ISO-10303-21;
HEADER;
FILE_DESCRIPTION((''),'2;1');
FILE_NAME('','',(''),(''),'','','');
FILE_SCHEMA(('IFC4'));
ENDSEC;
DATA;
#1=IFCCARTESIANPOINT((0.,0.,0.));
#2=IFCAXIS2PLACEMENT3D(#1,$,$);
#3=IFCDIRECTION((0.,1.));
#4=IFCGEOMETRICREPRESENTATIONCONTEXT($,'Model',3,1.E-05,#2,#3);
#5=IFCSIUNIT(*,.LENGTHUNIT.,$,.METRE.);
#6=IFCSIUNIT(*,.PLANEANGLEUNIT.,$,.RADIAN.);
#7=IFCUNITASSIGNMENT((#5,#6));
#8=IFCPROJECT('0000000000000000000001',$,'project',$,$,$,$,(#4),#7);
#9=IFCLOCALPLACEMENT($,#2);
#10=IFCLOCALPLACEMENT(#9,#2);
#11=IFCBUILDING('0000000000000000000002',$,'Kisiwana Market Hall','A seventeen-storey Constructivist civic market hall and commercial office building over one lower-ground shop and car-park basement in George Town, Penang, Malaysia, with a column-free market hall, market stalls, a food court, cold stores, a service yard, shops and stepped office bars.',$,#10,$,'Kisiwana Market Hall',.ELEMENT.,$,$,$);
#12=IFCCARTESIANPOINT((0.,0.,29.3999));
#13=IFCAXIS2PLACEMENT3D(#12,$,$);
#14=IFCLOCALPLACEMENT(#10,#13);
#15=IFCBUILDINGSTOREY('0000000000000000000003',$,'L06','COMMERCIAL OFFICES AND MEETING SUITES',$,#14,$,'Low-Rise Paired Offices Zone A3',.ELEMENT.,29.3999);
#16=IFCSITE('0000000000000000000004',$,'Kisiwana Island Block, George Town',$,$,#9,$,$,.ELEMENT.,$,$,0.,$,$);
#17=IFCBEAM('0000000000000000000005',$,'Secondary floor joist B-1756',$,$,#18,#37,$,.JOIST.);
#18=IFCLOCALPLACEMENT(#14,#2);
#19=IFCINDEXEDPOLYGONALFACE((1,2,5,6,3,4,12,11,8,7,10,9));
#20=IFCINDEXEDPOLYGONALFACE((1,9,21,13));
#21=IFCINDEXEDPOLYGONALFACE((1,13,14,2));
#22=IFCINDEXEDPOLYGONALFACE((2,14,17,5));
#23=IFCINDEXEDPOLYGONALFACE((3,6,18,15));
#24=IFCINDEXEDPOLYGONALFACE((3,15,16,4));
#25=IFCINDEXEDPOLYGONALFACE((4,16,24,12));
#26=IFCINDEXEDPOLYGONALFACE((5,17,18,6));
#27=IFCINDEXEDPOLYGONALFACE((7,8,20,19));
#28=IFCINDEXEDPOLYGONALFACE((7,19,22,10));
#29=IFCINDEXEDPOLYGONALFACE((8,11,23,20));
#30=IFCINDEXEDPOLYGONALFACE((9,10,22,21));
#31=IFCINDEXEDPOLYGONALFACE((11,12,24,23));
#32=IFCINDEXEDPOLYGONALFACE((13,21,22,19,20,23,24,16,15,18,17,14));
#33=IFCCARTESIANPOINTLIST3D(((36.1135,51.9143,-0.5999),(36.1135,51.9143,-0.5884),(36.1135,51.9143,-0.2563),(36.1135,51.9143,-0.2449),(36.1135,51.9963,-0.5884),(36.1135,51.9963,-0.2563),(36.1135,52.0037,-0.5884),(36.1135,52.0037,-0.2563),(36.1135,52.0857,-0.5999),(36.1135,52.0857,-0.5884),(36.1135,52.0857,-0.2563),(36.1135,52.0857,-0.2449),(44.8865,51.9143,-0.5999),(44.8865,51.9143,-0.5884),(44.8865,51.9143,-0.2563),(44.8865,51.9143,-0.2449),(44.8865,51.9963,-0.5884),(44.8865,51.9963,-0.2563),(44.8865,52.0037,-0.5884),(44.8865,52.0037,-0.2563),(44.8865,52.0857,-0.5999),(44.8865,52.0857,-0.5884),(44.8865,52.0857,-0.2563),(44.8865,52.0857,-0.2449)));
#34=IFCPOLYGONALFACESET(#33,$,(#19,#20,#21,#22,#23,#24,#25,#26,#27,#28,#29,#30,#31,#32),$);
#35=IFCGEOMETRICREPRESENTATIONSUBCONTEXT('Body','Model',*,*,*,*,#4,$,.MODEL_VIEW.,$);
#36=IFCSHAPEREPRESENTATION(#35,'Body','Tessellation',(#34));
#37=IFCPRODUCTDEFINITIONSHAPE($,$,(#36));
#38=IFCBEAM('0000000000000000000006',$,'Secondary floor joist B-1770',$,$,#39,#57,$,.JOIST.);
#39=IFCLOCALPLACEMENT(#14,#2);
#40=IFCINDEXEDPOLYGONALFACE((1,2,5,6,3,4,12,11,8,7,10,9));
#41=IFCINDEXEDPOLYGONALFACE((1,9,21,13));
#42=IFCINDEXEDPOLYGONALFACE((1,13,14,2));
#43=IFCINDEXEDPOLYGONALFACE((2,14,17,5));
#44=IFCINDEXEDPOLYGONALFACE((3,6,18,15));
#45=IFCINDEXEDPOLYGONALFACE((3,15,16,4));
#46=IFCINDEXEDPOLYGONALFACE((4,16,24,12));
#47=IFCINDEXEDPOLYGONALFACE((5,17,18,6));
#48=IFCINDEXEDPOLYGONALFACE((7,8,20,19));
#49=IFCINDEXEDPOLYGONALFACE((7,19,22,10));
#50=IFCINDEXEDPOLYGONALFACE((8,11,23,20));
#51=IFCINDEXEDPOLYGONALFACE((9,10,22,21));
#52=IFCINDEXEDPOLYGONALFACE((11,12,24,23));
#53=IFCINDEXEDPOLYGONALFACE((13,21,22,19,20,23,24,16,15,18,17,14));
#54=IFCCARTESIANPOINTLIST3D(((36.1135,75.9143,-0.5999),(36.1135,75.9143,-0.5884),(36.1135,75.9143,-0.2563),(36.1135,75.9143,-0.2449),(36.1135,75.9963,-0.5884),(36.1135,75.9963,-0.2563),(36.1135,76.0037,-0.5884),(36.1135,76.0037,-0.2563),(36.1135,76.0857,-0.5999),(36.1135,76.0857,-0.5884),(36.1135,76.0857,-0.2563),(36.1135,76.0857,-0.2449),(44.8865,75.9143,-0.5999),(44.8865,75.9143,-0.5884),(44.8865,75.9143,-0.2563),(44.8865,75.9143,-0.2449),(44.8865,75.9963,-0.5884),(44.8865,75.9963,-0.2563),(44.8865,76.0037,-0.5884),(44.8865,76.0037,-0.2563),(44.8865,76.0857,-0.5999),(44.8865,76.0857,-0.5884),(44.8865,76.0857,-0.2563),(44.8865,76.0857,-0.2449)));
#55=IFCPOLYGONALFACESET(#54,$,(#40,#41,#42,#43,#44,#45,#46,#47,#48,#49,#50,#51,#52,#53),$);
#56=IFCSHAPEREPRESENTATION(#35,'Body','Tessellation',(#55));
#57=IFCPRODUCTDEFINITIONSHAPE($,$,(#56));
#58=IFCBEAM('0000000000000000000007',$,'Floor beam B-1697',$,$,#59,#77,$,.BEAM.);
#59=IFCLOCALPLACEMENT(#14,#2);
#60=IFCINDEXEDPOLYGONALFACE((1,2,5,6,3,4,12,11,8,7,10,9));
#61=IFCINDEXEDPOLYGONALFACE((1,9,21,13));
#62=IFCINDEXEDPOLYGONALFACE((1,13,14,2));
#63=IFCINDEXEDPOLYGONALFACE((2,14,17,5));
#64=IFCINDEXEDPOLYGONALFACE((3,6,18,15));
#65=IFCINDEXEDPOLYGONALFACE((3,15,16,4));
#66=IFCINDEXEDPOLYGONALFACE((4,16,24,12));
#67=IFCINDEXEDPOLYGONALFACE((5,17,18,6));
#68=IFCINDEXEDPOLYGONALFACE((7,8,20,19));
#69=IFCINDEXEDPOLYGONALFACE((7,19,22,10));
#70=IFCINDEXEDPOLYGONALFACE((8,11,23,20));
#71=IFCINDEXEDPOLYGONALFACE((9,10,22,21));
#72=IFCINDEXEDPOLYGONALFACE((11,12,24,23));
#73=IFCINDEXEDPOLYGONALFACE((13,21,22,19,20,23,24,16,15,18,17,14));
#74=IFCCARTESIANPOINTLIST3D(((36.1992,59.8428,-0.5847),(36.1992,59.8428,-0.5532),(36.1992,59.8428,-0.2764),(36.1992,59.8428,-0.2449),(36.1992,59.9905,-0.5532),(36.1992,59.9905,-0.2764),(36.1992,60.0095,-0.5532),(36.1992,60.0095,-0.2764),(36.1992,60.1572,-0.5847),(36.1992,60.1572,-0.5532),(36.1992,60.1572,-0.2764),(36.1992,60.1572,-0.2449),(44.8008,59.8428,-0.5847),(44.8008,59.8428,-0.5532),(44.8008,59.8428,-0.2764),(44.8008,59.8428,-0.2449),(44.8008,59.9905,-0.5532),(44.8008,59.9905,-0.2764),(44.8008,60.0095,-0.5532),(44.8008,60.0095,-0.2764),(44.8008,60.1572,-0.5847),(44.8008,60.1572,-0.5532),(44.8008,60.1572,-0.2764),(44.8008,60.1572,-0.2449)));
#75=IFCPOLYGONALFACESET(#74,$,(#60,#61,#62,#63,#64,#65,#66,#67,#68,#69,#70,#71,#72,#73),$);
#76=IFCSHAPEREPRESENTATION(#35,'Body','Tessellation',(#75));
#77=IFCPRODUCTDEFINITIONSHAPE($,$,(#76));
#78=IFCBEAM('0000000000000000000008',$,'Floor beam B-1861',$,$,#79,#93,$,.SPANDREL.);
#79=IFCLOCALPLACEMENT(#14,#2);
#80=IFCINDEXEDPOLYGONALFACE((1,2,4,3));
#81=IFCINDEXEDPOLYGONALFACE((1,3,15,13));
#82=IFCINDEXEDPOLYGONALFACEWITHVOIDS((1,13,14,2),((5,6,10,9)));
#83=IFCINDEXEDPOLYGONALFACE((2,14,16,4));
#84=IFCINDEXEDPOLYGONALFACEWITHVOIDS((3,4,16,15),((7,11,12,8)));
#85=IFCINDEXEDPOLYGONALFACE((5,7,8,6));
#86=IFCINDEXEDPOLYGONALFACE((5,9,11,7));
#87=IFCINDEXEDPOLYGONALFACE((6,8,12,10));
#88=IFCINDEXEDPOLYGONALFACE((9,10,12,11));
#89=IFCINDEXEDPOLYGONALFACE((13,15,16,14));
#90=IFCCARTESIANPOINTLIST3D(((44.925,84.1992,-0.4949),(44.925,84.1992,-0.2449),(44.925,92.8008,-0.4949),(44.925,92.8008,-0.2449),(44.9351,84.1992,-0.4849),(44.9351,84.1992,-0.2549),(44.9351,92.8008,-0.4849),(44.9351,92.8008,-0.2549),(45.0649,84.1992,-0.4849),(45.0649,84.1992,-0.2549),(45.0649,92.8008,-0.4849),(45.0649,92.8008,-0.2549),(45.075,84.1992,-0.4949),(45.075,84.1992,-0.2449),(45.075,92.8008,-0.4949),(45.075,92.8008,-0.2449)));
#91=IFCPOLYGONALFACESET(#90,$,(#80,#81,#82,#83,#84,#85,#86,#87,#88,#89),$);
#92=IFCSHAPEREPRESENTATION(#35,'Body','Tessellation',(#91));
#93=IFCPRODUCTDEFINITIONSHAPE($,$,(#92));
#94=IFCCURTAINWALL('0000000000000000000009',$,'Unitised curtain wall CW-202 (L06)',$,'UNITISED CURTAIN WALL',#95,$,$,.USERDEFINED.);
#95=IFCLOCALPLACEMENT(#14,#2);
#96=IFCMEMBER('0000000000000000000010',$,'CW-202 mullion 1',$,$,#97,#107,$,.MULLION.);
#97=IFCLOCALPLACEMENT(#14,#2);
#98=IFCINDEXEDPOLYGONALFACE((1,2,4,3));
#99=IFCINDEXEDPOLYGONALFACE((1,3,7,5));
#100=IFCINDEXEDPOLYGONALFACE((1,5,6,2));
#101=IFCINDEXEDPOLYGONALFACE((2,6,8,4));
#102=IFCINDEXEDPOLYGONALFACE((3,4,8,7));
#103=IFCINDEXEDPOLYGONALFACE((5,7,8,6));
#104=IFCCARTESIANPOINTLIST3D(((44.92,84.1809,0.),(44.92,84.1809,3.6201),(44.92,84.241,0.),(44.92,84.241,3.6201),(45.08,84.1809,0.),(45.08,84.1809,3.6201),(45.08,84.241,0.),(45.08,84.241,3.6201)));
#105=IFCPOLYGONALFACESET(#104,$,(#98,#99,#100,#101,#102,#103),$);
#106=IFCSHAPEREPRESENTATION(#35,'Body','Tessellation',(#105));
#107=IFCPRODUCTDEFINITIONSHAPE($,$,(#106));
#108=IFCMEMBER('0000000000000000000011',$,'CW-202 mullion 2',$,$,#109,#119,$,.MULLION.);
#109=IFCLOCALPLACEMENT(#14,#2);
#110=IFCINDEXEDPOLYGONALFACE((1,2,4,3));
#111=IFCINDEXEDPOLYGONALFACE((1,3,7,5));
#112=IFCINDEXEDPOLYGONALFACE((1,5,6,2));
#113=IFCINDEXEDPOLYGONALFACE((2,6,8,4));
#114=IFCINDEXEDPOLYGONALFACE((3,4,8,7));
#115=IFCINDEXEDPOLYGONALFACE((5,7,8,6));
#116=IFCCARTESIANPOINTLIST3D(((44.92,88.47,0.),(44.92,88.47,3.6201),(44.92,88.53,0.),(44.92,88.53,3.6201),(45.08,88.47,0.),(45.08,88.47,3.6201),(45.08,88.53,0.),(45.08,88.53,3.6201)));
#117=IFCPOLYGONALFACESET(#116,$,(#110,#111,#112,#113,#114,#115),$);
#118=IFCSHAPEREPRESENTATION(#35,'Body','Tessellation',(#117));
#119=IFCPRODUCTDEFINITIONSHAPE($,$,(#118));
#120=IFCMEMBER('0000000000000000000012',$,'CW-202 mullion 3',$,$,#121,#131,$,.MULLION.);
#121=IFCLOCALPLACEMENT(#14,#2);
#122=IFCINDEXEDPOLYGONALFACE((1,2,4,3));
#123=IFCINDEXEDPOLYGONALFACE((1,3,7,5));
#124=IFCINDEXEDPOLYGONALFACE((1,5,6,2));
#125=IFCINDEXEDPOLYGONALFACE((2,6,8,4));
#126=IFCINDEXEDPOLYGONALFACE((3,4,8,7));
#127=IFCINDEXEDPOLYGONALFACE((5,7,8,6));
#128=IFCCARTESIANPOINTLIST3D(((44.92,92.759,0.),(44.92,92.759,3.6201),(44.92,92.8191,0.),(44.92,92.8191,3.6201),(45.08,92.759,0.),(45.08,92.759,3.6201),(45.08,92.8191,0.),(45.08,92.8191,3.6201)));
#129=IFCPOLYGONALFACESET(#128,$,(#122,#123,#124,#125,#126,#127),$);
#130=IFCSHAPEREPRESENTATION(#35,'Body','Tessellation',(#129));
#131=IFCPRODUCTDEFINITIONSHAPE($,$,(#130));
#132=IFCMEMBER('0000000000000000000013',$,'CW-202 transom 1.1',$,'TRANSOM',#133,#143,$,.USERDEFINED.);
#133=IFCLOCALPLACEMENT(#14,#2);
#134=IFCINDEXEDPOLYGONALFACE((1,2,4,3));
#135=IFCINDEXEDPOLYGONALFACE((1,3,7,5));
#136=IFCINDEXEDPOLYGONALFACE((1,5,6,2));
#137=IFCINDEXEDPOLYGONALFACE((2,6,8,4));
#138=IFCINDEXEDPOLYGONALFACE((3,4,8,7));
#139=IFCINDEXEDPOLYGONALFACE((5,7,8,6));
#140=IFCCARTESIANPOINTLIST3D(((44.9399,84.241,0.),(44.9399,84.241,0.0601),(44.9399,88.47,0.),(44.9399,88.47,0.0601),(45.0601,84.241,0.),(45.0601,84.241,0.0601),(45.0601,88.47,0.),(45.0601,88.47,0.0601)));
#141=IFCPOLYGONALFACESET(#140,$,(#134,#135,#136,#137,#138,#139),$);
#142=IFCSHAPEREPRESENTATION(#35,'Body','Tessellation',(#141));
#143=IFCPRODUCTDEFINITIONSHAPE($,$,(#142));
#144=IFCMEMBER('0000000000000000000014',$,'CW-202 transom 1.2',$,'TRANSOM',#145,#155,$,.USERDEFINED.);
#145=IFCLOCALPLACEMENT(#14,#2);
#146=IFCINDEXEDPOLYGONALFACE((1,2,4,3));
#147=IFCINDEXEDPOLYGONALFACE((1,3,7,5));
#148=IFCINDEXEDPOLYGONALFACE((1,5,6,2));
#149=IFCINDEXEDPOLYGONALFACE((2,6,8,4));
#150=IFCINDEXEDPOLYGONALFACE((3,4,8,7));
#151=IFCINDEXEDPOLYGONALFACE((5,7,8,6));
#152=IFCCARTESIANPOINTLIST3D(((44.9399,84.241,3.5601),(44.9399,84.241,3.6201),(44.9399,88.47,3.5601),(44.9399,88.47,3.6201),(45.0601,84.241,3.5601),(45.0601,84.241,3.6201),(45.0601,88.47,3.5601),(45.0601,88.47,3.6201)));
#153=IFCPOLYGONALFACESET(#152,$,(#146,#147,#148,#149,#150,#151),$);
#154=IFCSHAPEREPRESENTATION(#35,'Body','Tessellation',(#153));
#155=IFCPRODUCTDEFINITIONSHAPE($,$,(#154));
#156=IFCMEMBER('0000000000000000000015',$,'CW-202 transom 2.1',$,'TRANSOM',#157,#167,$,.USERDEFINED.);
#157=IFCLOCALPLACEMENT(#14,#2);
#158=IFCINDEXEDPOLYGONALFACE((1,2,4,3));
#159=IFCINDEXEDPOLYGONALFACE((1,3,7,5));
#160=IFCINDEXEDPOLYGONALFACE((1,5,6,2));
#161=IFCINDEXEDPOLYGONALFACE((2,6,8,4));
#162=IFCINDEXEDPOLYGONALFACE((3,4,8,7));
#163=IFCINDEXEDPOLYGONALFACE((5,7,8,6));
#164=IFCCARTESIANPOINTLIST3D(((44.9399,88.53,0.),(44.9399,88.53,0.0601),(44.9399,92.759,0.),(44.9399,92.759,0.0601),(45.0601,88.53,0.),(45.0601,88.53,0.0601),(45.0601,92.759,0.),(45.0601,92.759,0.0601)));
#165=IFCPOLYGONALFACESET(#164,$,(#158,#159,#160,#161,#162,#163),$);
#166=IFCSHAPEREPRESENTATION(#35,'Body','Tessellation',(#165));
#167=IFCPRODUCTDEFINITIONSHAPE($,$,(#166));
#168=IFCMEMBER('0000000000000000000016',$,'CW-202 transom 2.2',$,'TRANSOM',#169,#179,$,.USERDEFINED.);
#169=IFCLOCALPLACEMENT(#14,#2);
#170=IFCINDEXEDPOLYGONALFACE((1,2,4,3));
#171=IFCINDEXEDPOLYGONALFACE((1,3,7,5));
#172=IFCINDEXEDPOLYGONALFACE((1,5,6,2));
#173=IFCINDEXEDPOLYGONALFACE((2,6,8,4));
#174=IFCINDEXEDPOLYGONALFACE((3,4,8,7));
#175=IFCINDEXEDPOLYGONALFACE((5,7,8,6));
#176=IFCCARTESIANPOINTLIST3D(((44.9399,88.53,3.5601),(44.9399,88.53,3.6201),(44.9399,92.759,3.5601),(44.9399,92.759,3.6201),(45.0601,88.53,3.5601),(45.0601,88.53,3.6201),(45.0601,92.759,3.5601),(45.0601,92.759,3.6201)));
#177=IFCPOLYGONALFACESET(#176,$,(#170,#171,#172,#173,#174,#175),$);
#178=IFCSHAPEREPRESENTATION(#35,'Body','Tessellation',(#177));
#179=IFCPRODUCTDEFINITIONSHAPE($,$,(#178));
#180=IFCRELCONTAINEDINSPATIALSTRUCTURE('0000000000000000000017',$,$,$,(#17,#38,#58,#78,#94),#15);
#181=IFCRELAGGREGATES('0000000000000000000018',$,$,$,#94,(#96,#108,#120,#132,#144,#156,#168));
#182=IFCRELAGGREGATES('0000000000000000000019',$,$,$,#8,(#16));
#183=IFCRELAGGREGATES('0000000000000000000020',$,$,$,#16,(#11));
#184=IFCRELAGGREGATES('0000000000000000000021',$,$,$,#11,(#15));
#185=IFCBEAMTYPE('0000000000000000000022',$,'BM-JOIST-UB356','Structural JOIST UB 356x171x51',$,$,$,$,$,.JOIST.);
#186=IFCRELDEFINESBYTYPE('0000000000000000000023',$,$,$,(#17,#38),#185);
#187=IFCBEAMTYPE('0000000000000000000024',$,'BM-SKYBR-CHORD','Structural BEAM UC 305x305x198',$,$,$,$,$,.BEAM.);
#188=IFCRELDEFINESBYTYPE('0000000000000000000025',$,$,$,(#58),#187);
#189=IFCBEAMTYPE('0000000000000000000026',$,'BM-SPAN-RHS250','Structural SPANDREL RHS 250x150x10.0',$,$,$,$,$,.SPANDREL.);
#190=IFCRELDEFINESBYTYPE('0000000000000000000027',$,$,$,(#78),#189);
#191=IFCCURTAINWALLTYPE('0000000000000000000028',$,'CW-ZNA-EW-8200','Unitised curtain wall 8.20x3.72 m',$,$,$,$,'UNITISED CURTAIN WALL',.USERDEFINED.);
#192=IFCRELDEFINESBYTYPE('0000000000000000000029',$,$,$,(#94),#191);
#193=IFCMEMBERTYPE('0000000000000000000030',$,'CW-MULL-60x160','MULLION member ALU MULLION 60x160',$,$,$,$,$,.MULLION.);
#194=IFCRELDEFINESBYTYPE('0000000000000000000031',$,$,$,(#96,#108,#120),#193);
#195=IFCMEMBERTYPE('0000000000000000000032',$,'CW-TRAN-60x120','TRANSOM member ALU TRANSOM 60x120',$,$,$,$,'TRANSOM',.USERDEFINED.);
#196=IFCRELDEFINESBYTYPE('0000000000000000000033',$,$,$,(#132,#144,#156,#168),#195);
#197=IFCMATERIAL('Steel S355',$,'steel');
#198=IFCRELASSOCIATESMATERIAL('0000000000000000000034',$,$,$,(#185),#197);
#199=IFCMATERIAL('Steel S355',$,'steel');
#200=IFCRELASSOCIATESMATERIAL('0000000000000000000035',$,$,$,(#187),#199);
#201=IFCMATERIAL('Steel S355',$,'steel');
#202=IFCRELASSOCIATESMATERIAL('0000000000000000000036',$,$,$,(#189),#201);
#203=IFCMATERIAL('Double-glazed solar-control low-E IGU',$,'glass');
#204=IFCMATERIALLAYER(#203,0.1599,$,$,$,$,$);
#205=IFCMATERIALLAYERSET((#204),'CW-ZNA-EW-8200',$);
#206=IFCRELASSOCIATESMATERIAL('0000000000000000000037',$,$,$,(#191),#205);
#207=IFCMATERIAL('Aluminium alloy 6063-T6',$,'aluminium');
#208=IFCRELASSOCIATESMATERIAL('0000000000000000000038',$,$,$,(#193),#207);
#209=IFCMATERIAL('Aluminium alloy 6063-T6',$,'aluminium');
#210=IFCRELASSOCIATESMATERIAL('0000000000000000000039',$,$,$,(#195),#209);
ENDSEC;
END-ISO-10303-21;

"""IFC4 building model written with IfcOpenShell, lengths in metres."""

from ifc_helpers import new_model, si_unit, direction, frame, origin, origin_2d, place, context, subcontext, project, spatial, rectangle, hollow_rectangle, i_section, extrude, material, layer, layer_set, material_profile, profile_set, type_object, element, aggregate, save


model = new_model("IFC4")

# Units and contexts
model_context = context("Model", 3, precision=1e-05, world=origin(), true_north=direction((0.0, 1.0)))
body_context = subcontext(model_context, "Body", "Model", "MODEL_VIEW")
ifc_project = project(units=[si_unit("LENGTHUNIT", "METRE"), si_unit("PLANEANGLEUNIT", "RADIAN")], contexts=[model_context])

# Site, building, storey
site_placement = place(None, origin())
site = spatial("IfcSite", under=ifc_project, at=site_placement, Name="Kisiwana Island Block, George Town", CompositionType="ELEMENT", RefElevation=0.0)
building_placement = place(site_placement, origin())
building = spatial("IfcBuilding", under=site, at=building_placement, Name="Kisiwana Market Hall", Description="A seventeen-storey Constructivist civic market hall and commercial office building over one lower-ground shop and car-park basement in George Town, Penang, Malaysia, with a column-free market hall, market stalls, a food court, cold stores, a service yard, shops and stepped office bars.", LongName="Kisiwana Market Hall", CompositionType="ELEMENT")
storey_placement = place(building_placement, frame((0.0, 0.0, 29.3999)))
storey = spatial("IfcBuildingStorey", under=building, at=storey_placement, Name="L06", Description="COMMERCIAL OFFICES AND MEETING SUITES", LongName="Low-Rise Paired Offices Zone A3", CompositionType="ELEMENT", Elevation=29.3999)

# Beams
ifc_material_1 = material(Name="Steel S355", Category="steel")
ifc_material_profile_1 = material_profile(ifc_material_1, i_section(OverallWidth=0.1714, OverallDepth=0.355, WebThickness=0.0073, FlangeThickness=0.0115, at=origin_2d()), Name="UB 356x171x51")
ifc_profile_set_1 = profile_set([ifc_material_profile_1], Name="Steel S355")
beam_type_1 = type_object("IfcBeamType", Name="BM-JOIST-UB356", Description="Structural JOIST UB 356x171x51", PredefinedType="JOIST", material=ifc_profile_set_1)
for number, where, z_axis, x_axis, name in (
    (1, (36.1135, 52.0, -0.4224), (1.0, 0.0, 0.0), (0.0, 1.0, 0.0), "Secondary floor joist B-1756"),
    (2, (36.1135, 76.0, -0.4224), (1.0, 0.0, 0.0), (0.0, 1.0, 0.0), "Secondary floor joist B-1770"),
):
    element("IfcBeam", number, at=place(storey_placement, frame(where, z_axis=z_axis, x_axis=x_axis)), inside=storey, type_object=beam_type_1, Name=name, PredefinedType="JOIST", context=body_context, shape_type="SweptSolid", body=[
        extrude(i_section(OverallWidth=0.1714, OverallDepth=0.355, WebThickness=0.0073, FlangeThickness=0.0115, at=origin_2d()), origin(), (0.0, 0.0, 1.0), 8.7729),
    ])
ifc_material_2 = material(Name="Steel S355", Category="steel")
ifc_material_profile_2 = material_profile(ifc_material_2, i_section(OverallWidth=0.3145, OverallDepth=0.3398, WebThickness=0.019, FlangeThickness=0.0315, at=origin_2d()), Name="UC 305x305x198")
ifc_profile_set_2 = profile_set([ifc_material_profile_2], Name="Steel S355")
beam_type_2 = type_object("IfcBeamType", Name="BM-SKYBR-CHORD", Description="Structural BEAM UC 305x305x198", PredefinedType="BEAM", material=ifc_profile_set_2)
beam_1_placement = place(storey_placement, frame((36.1992, 60.0, -0.4148), z_axis=(1.0, 0.0, 0.0), x_axis=(0.0, 1.0, 0.0)))
element("IfcBeam", 3, at=beam_1_placement, inside=storey, type_object=beam_type_2, Name="Floor beam B-1697", PredefinedType="BEAM", context=body_context, shape_type="SweptSolid", body=[
    extrude(i_section(OverallWidth=0.3145, OverallDepth=0.3398, WebThickness=0.019, FlangeThickness=0.0315, at=origin_2d()), origin(), (0.0, 0.0, 1.0), 8.6016),
])
ifc_material_3 = material(Name="Steel S355", Category="steel")
ifc_material_profile_3 = material_profile(ifc_material_3, hollow_rectangle(XDim=0.1499, YDim=0.25, WallThickness=0.01, at=origin_2d()), Name="RHS 250x150x10.0")
ifc_profile_set_3 = profile_set([ifc_material_profile_3], Name="Steel S355")
beam_type_3 = type_object("IfcBeamType", Name="BM-SPAN-RHS250", Description="Structural SPANDREL RHS 250x150x10.0", PredefinedType="SPANDREL", material=ifc_profile_set_3)
beam_2_placement = place(storey_placement, frame((45.0, 84.1992, -0.3699), z_axis=(0.0, 1.0, 0.0), x_axis=(-1.0, 0.0, 0.0)))
element("IfcBeam", 4, at=beam_2_placement, inside=storey, type_object=beam_type_3, Name="Floor beam B-1861", PredefinedType="SPANDREL", context=body_context, shape_type="SweptSolid", body=[
    extrude(hollow_rectangle(XDim=0.1499, YDim=0.25, WallThickness=0.01, at=origin_2d()), origin(), (0.0, 0.0, 1.0), 8.6016),
])

# Curtain wall, members
ifc_material_4 = material(Name="Double-glazed solar-control low-E IGU", Category="glass")
ifc_layer_1 = layer(ifc_material_4, 0.1599)
ifc_layer_set_1 = layer_set([ifc_layer_1], Name="CW-ZNA-EW-8200")
curtain_wall_type = type_object("IfcCurtainWallType", Name="CW-ZNA-EW-8200", Description="Unitised curtain wall 8.20x3.72 m", ElementType="UNITISED CURTAIN WALL", PredefinedType="USERDEFINED", material=ifc_layer_set_1)
curtain_wall_placement = place(storey_placement, origin())
curtain_wall = element("IfcCurtainWall", 5, at=curtain_wall_placement, inside=storey, type_object=curtain_wall_type, Name="Unitised curtain wall CW-202 (L06)", ObjectType="UNITISED CURTAIN WALL", PredefinedType="USERDEFINED")
ifc_material_5 = material(Name="Aluminium alloy 6063-T6", Category="aluminium")
ifc_material_profile_4 = material_profile(ifc_material_5, rectangle(XDim=0.0601, YDim=0.1599, at=origin_2d()), Name="ALU MULLION 60x160")
ifc_profile_set_4 = profile_set([ifc_material_profile_4], Name="Aluminium alloy 6063-T6")
member_type_1 = type_object("IfcMemberType", Name="CW-MULL-60x160", Description="MULLION member ALU MULLION 60x160", PredefinedType="MULLION", material=ifc_profile_set_4)
member_1_placement = place(storey_placement, frame((45.0, 84.2109, 0.0), z_axis=(0.0, 0.0, 1.0), x_axis=(0.0, 1.0, 0.0)))
member_1 = element("IfcMember", 6, at=member_1_placement, type_object=member_type_1, Name="CW-202 mullion 1", PredefinedType="MULLION", context=body_context, shape_type="SweptSolid", body=[
    extrude(rectangle(XDim=0.0601, YDim=0.1599, at=origin_2d()), origin(), (0.0, 0.0, 1.0), 3.6201),
])
member_2_placement = place(storey_placement, frame((45.0, 88.5, 0.0), z_axis=(0.0, 0.0, 1.0), x_axis=(0.0, 1.0, 0.0)))
member_2 = element("IfcMember", 7, at=member_2_placement, type_object=member_type_1, Name="CW-202 mullion 2", PredefinedType="MULLION", context=body_context, shape_type="SweptSolid", body=[
    extrude(rectangle(XDim=0.0601, YDim=0.1599, at=origin_2d()), origin(), (0.0, 0.0, 1.0), 3.6201),
])
member_3_placement = place(storey_placement, frame((45.0, 92.7891, 0.0), z_axis=(0.0, 0.0, 1.0), x_axis=(0.0, 1.0, 0.0)))
member_3 = element("IfcMember", 8, at=member_3_placement, type_object=member_type_1, Name="CW-202 mullion 3", PredefinedType="MULLION", context=body_context, shape_type="SweptSolid", body=[
    extrude(rectangle(XDim=0.0601, YDim=0.1599, at=origin_2d()), origin(), (0.0, 0.0, 1.0), 3.6201),
])
ifc_material_6 = material(Name="Aluminium alloy 6063-T6", Category="aluminium")
ifc_material_profile_5 = material_profile(ifc_material_6, rectangle(XDim=0.1201, YDim=0.0601, at=origin_2d()), Name="ALU TRANSOM 60x120")
ifc_profile_set_5 = profile_set([ifc_material_profile_5], Name="Aluminium alloy 6063-T6")
member_type_2 = type_object("IfcMemberType", Name="CW-TRAN-60x120", Description="TRANSOM member ALU TRANSOM 60x120", ElementType="TRANSOM", PredefinedType="USERDEFINED", material=ifc_profile_set_5)
member_4_placement = place(storey_placement, frame((45.0, 84.241, 0.03), z_axis=(0.0, 1.0, 0.0), x_axis=(-1.0, 0.0, 0.0)))
member_4 = element("IfcMember", 9, at=member_4_placement, type_object=member_type_2, Name="CW-202 transom 1.1", ObjectType="TRANSOM", PredefinedType="USERDEFINED", context=body_context, shape_type="SweptSolid", body=[
    extrude(rectangle(XDim=0.1201, YDim=0.0601, at=origin_2d()), origin(), (0.0, 0.0, 1.0), 4.229),
])
member_5_placement = place(storey_placement, frame((45.0, 84.241, 3.5901), z_axis=(0.0, 1.0, 0.0), x_axis=(-1.0, 0.0, 0.0)))
member_5 = element("IfcMember", 10, at=member_5_placement, type_object=member_type_2, Name="CW-202 transom 1.2", ObjectType="TRANSOM", PredefinedType="USERDEFINED", context=body_context, shape_type="SweptSolid", body=[
    extrude(rectangle(XDim=0.1201, YDim=0.0601, at=origin_2d()), origin(), (0.0, 0.0, 1.0), 4.229),
])
member_6_placement = place(storey_placement, frame((45.0, 88.53, 0.03), z_axis=(0.0, 1.0, 0.0), x_axis=(-1.0, 0.0, 0.0)))
member_6 = element("IfcMember", 11, at=member_6_placement, type_object=member_type_2, Name="CW-202 transom 2.1", ObjectType="TRANSOM", PredefinedType="USERDEFINED", context=body_context, shape_type="SweptSolid", body=[
    extrude(rectangle(XDim=0.1201, YDim=0.0601, at=origin_2d()), origin(), (0.0, 0.0, 1.0), 4.229),
])
member_7_placement = place(storey_placement, frame((45.0, 88.53, 3.5901), z_axis=(0.0, 1.0, 0.0), x_axis=(-1.0, 0.0, 0.0)))
member_7 = element("IfcMember", 12, at=member_7_placement, type_object=member_type_2, Name="CW-202 transom 2.2", ObjectType="TRANSOM", PredefinedType="USERDEFINED", context=body_context, shape_type="SweptSolid", body=[
    extrude(rectangle(XDim=0.1201, YDim=0.0601, at=origin_2d()), origin(), (0.0, 0.0, 1.0), 4.229),
])
aggregate(curtain_wall, [member_1, member_2, member_3, member_4, member_5, member_6, member_7])

save(model, "model.ifc")
